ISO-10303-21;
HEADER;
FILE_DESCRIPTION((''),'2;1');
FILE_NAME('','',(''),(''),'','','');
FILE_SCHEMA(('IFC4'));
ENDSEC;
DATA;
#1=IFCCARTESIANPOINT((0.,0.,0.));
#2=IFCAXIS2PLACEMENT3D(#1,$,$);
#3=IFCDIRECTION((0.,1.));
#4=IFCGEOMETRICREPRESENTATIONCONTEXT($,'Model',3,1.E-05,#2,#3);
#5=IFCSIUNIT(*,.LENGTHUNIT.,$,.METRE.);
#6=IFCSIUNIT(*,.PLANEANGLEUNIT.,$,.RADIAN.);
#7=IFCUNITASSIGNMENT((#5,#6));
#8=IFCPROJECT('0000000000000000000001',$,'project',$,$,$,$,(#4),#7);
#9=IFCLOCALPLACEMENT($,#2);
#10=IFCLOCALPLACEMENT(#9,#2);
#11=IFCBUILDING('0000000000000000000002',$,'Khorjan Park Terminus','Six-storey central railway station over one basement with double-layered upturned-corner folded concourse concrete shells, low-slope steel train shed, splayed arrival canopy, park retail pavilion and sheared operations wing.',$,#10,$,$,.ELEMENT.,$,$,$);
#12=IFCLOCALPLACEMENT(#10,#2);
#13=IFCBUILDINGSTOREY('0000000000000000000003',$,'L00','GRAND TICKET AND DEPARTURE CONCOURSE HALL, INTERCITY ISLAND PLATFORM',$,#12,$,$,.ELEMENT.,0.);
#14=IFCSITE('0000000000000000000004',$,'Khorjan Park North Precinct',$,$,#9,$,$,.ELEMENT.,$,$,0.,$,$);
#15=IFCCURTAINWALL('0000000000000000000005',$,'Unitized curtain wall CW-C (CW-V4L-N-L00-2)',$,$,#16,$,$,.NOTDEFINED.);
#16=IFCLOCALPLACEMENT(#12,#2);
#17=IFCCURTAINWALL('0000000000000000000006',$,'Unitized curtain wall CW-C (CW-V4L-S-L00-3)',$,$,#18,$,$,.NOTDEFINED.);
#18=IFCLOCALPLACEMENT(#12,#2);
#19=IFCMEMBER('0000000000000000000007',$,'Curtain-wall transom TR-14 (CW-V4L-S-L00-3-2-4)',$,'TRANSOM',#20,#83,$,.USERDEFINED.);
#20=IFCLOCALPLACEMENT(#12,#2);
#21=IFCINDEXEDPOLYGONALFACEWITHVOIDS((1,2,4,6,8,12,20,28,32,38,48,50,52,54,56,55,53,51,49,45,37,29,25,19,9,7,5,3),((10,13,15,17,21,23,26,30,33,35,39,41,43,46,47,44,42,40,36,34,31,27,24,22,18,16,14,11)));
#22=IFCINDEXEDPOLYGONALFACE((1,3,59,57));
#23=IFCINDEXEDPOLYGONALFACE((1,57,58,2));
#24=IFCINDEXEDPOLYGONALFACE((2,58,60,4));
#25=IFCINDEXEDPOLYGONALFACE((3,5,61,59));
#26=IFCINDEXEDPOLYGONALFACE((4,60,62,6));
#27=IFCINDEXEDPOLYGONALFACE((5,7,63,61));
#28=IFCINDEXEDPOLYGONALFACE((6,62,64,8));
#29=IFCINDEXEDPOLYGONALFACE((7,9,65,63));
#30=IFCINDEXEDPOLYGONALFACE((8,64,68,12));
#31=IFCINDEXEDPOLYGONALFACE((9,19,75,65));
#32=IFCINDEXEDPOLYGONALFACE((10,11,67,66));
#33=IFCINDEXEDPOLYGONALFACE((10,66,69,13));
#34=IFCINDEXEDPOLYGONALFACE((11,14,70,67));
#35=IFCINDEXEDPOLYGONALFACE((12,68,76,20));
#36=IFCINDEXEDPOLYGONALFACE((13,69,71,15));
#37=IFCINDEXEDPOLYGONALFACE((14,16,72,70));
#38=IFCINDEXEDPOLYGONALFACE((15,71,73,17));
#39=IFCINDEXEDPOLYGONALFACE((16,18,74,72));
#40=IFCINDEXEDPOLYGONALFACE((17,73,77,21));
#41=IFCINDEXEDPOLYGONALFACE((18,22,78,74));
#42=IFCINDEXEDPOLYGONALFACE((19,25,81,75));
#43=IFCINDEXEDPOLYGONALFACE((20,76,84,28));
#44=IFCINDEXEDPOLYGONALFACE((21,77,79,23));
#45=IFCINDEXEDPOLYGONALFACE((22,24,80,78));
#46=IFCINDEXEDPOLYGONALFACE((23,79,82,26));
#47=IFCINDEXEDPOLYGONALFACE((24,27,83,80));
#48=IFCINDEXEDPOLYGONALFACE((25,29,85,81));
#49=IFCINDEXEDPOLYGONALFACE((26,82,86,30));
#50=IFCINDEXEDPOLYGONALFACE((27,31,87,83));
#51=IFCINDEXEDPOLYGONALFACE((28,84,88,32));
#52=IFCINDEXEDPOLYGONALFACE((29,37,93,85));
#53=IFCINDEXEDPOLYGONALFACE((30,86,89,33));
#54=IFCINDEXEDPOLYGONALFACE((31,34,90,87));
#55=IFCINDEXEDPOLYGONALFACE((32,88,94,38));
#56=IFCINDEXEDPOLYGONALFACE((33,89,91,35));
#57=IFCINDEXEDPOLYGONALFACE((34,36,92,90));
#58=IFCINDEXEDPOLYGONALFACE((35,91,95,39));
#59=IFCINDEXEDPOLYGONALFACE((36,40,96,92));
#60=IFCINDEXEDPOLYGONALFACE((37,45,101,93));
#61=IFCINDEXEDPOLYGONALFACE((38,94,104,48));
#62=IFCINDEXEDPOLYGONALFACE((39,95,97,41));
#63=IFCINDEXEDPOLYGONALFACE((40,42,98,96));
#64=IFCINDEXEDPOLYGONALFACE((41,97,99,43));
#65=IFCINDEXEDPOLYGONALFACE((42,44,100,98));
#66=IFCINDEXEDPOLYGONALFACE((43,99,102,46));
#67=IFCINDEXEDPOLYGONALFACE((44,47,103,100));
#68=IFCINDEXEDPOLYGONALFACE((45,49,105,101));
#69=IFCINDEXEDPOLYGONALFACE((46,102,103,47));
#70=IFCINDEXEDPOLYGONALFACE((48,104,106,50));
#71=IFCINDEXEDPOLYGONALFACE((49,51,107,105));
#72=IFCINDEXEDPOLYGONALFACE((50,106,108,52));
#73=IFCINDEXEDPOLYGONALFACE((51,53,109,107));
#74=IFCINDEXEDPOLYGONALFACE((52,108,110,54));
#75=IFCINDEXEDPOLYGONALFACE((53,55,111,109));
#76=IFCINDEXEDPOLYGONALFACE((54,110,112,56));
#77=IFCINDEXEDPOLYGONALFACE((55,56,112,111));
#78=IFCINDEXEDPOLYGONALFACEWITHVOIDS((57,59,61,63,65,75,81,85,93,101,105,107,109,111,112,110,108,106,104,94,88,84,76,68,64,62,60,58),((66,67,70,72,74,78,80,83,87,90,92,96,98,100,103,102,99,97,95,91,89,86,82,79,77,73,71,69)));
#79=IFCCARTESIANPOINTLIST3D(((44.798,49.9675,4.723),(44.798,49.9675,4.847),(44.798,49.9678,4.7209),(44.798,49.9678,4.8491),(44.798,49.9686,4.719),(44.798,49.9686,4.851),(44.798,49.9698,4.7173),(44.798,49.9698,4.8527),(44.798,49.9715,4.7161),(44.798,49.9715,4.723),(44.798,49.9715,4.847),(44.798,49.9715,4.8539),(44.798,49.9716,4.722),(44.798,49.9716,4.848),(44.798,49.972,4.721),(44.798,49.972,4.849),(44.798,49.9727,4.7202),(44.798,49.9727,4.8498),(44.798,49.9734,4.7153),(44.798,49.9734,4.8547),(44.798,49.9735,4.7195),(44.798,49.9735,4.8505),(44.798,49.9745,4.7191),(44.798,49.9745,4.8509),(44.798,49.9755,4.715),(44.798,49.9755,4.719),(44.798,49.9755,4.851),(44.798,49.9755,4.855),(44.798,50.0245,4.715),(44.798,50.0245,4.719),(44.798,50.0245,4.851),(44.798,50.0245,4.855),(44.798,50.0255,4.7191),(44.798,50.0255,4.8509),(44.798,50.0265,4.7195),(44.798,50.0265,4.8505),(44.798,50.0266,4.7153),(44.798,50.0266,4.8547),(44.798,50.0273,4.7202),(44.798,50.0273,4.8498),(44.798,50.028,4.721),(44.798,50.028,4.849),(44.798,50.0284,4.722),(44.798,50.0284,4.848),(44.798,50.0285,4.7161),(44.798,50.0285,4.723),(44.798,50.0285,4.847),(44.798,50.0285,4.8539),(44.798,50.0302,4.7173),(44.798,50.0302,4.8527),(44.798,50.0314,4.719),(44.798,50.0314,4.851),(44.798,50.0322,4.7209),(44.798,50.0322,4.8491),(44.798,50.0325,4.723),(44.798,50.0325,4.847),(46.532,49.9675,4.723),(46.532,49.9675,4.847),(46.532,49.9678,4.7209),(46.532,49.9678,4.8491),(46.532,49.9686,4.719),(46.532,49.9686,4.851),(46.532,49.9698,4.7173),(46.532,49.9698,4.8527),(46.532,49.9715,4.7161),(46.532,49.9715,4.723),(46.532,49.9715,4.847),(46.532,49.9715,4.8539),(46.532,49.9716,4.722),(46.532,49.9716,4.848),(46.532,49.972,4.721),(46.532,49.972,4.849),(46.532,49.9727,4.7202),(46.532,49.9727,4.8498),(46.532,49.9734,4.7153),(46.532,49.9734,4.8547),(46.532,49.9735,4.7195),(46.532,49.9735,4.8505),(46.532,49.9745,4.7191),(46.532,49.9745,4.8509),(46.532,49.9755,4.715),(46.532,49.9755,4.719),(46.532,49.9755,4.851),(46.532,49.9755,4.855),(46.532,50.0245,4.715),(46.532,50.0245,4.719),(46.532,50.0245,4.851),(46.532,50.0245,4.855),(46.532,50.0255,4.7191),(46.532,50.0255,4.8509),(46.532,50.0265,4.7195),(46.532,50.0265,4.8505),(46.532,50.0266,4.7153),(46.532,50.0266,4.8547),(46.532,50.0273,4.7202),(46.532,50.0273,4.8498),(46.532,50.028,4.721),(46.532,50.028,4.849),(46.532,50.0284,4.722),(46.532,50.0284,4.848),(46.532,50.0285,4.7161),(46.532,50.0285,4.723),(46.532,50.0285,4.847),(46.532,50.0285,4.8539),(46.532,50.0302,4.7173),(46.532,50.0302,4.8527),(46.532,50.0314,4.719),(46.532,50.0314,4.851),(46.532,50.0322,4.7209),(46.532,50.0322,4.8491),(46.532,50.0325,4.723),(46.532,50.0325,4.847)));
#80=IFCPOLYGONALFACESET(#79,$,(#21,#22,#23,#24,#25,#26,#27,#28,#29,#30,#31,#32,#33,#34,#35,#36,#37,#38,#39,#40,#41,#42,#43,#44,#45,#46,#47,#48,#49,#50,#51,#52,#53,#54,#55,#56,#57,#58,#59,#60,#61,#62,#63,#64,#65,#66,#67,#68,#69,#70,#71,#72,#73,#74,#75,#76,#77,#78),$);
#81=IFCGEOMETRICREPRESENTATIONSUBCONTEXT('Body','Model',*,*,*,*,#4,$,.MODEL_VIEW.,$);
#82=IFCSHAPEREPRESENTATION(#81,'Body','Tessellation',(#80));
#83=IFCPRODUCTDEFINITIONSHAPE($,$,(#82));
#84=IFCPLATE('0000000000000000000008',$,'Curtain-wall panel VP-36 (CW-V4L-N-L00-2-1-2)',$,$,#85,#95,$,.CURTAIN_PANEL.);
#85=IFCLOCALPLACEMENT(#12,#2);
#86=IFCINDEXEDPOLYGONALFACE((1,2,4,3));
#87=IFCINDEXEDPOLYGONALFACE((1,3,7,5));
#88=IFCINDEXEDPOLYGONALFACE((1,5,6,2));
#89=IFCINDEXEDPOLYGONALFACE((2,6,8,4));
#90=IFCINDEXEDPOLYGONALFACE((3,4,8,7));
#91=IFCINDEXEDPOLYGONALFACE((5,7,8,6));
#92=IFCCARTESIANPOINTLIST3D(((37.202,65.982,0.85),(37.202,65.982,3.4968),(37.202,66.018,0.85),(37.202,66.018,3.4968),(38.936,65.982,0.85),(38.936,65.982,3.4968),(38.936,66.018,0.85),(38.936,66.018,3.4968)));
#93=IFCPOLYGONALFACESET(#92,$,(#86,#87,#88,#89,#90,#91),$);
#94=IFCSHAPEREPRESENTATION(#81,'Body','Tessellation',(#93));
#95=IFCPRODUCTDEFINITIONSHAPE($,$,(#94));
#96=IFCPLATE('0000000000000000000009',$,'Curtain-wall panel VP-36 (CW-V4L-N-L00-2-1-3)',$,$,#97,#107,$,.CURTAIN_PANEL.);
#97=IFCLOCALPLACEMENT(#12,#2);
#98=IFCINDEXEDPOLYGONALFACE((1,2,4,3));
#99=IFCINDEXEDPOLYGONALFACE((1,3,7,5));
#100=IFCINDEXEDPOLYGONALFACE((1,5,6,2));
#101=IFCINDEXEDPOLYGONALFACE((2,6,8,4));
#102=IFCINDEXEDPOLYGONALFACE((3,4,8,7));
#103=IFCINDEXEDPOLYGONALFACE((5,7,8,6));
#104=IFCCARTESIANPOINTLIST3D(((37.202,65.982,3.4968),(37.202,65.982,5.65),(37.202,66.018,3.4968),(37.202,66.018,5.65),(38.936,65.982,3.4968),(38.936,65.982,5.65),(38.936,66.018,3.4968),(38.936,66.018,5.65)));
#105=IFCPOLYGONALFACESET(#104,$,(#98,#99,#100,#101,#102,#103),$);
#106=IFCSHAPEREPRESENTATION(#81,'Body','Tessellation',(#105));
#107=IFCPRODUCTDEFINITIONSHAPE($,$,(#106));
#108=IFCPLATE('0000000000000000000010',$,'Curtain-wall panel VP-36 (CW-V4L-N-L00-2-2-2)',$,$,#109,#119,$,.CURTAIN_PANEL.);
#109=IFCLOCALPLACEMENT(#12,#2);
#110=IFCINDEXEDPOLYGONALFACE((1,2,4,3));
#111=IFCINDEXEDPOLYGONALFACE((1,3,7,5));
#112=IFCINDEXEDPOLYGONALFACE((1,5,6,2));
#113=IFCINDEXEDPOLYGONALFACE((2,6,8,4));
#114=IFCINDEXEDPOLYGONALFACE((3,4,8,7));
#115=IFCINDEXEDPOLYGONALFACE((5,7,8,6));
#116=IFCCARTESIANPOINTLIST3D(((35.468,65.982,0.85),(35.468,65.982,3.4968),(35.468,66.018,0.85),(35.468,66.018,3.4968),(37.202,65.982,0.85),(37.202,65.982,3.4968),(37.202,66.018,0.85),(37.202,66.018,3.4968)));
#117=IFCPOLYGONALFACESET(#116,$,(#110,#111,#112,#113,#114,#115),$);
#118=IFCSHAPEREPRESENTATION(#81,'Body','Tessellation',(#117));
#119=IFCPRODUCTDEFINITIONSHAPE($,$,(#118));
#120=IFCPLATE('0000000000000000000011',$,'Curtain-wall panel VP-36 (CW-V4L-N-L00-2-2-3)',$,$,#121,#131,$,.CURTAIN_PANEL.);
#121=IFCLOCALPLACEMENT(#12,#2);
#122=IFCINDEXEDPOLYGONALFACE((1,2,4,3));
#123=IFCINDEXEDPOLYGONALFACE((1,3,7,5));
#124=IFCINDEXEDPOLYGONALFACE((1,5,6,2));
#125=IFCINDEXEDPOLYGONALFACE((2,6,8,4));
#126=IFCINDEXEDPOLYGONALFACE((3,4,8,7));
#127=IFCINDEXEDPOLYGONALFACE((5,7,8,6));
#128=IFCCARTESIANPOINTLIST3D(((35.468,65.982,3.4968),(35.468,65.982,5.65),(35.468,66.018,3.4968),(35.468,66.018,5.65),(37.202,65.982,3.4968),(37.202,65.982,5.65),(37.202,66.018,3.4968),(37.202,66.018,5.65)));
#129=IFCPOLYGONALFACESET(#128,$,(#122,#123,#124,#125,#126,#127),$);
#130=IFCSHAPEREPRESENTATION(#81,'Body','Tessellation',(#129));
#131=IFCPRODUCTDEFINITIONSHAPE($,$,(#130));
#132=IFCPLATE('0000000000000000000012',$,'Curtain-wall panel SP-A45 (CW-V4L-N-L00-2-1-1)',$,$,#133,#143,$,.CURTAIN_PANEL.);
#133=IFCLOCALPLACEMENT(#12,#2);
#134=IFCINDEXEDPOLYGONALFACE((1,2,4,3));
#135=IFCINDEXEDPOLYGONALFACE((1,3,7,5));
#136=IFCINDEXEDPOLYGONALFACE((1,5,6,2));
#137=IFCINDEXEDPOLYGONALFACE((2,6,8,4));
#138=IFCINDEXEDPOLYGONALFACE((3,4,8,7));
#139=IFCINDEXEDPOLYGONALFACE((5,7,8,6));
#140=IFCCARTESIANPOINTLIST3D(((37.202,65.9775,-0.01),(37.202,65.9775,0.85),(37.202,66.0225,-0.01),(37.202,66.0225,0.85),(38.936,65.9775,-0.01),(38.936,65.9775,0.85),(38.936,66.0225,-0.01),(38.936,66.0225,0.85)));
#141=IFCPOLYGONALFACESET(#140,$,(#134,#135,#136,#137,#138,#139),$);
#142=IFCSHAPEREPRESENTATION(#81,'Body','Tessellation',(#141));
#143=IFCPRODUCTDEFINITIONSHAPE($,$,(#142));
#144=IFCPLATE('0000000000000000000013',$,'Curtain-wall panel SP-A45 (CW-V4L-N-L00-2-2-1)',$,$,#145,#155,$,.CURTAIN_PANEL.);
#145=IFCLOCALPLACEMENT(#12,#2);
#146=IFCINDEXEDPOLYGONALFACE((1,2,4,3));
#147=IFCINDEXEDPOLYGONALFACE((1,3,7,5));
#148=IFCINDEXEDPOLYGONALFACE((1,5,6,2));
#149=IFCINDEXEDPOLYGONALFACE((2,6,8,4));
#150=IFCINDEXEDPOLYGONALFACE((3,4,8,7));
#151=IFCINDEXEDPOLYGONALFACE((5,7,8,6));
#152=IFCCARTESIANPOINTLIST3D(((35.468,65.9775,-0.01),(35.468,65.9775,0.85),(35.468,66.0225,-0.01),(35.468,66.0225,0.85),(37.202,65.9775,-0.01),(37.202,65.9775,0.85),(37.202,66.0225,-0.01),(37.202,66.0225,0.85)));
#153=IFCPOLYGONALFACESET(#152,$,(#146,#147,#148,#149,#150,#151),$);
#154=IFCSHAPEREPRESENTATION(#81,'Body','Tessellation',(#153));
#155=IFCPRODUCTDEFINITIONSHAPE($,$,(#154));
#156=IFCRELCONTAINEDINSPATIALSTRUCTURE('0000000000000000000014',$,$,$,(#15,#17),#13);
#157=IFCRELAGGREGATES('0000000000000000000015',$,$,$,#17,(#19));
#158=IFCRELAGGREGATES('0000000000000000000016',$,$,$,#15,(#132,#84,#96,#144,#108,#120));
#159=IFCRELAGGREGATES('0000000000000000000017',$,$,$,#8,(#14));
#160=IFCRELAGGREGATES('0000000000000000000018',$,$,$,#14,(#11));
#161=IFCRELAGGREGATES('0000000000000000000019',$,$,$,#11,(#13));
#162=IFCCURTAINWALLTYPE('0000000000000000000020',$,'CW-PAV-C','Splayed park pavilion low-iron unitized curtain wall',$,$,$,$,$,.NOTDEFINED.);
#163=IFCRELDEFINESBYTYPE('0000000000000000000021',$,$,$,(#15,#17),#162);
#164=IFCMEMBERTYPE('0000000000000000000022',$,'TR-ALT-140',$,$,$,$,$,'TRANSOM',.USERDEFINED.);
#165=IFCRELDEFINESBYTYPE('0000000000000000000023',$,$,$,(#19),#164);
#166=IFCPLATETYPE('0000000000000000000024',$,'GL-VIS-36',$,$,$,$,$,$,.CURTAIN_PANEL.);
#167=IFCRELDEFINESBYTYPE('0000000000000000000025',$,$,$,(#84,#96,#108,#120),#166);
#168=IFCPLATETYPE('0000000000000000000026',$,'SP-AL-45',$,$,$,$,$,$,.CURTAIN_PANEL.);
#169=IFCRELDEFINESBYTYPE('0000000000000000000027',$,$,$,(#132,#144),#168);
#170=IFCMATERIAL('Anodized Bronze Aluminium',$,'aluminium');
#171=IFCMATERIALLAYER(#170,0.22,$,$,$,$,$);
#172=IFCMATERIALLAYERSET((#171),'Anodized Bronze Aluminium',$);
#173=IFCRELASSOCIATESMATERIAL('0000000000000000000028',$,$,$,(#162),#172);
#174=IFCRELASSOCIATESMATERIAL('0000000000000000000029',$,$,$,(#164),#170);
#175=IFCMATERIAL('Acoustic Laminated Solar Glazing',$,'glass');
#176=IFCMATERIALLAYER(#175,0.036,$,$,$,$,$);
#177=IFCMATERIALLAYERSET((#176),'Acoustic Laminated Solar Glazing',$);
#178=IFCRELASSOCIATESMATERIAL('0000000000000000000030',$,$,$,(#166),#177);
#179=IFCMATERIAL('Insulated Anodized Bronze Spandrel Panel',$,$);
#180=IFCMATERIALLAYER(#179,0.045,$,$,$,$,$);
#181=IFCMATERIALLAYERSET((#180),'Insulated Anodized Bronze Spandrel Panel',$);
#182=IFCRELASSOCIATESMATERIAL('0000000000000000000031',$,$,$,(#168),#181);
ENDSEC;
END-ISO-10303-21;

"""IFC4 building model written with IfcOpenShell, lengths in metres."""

from ifc_helpers import new_model, si_unit, direction, frame, origin, origin_2d, place, context, subcontext, project, spatial, rectangle, hollow_rectangle, extrude, material, layer, layer_set, material_profile, profile_set, type_object, element, aggregate, save


model = new_model("IFC4")

# Units and contexts
model_context = context("Model", 3, precision=1e-05, world=origin(), true_north=direction((0.0, 1.0)))
body_context = subcontext(model_context, "Body", "Model", "MODEL_VIEW")
ifc_project = project(units=[si_unit("LENGTHUNIT", "METRE"), si_unit("PLANEANGLEUNIT", "RADIAN")], contexts=[model_context])

# Site, building, storey
site_placement = place(None, origin())
site = spatial("IfcSite", under=ifc_project, at=site_placement, Name="Khorjan Park North Precinct", CompositionType="ELEMENT", RefElevation=0.0)
building_placement = place(site_placement, origin())
building = spatial("IfcBuilding", under=site, at=building_placement, Name="Khorjan Park Terminus", Description="Six-storey central railway station over one basement with double-layered upturned-corner folded concourse concrete shells, low-slope steel train shed, splayed arrival canopy, park retail pavilion and sheared operations wing.", CompositionType="ELEMENT")
storey_placement = place(building_placement, origin())
storey = spatial("IfcBuildingStorey", under=building, at=storey_placement, Name="L00", Description="GRAND TICKET AND DEPARTURE CONCOURSE HALL, INTERCITY ISLAND PLATFORM", CompositionType="ELEMENT", Elevation=0.0)

# Curtain wall
ifc_material_1 = material(Name="Anodized Bronze Aluminium", Category="aluminium")
ifc_layer_1 = layer(ifc_material_1, 0.22)
ifc_layer_set_1 = layer_set([ifc_layer_1], Name="Anodized Bronze Aluminium")
curtain_wall_type = type_object("IfcCurtainWallType", Name="CW-PAV-C", Description="Splayed park pavilion low-iron unitized curtain wall", PredefinedType="NOTDEFINED", material=ifc_layer_set_1)
curtain_wall_1_placement = place(storey_placement, origin())
curtain_wall_1 = element("IfcCurtainWall", 1, at=curtain_wall_1_placement, inside=storey, type_object=curtain_wall_type, Name="Unitized curtain wall CW-C (CW-V4L-N-L00-2)", PredefinedType="NOTDEFINED")
ifc_material_profile_1 = material_profile(ifc_material_1, hollow_rectangle(XDim=0.065, YDim=0.14, WallThickness=0.004, InnerFilletRadius=0.004, OuterFilletRadius=0.008, at=origin_2d()), Name="ALT 65x140x4")
ifc_profile_set_1 = profile_set([ifc_material_profile_1], Name="Anodized Bronze Aluminium")
member_type_1 = type_object("IfcMemberType", Name="TR-ALT-140", ElementType="TRANSOM", PredefinedType="USERDEFINED", material=ifc_profile_set_1)

# Curtain wall, member
curtain_wall_2_placement = place(storey_placement, origin())
curtain_wall_2 = element("IfcCurtainWall", 2, at=curtain_wall_2_placement, inside=storey, type_object=curtain_wall_type, Name="Unitized curtain wall CW-C (CW-V4L-S-L00-3)", PredefinedType="NOTDEFINED")
member_1_placement = place(storey_placement, frame((44.798, 50.0, 4.785), z_axis=(1.0, 0.0, 0.0), x_axis=(0.0, 1.0, 0.0)))
member_1 = element("IfcMember", 3, at=member_1_placement, type_object=member_type_1, Name="Curtain-wall transom TR-14 (CW-V4L-S-L00-3-2-4)", ObjectType="TRANSOM", PredefinedType="USERDEFINED", context=body_context, shape_type="SweptSolid", body=[
    extrude(hollow_rectangle(XDim=0.065, YDim=0.14, WallThickness=0.004, InnerFilletRadius=0.004, OuterFilletRadius=0.008, at=origin_2d()), origin(), (0.0, 0.0, 1.0), 1.734),
])
aggregate(curtain_wall_2, [member_1])

# Plates
ifc_material_2 = material(Name="Acoustic Laminated Solar Glazing", Category="glass")
ifc_layer_2 = layer(ifc_material_2, 0.036)
ifc_layer_set_2 = layer_set([ifc_layer_2], Name="Acoustic Laminated Solar Glazing")
plate_type_1 = type_object("IfcPlateType", Name="GL-VIS-36", PredefinedType="CURTAIN_PANEL", material=ifc_layer_set_2)
plate_1_placement = place(storey_placement, frame((38.069, 66.0, 0.85), z_axis=(0.0, 0.0, 1.0), x_axis=(-1.0, 0.0, 0.0)))
plate_1 = element("IfcPlate", 4, at=plate_1_placement, type_object=plate_type_1, Name="Curtain-wall panel VP-36 (CW-V4L-N-L00-2-1-2)", PredefinedType="CURTAIN_PANEL", context=body_context, shape_type="SweptSolid", body=[
    extrude(rectangle(XDim=1.734, YDim=0.036, at=origin_2d()), origin(), (0.0, 0.0, 1.0), 2.6468),
])
plate_2_placement = place(storey_placement, frame((38.069, 66.0, 3.4968), z_axis=(0.0, 0.0, 1.0), x_axis=(-1.0, 0.0, 0.0)))
plate_2 = element("IfcPlate", 5, at=plate_2_placement, type_object=plate_type_1, Name="Curtain-wall panel VP-36 (CW-V4L-N-L00-2-1-3)", PredefinedType="CURTAIN_PANEL", context=body_context, shape_type="SweptSolid", body=[
    extrude(rectangle(XDim=1.734, YDim=0.036, at=origin_2d()), origin(), (0.0, 0.0, 1.0), 2.1532),
])
plate_3_placement = place(storey_placement, frame((36.335, 66.0, 0.85), z_axis=(0.0, 0.0, 1.0), x_axis=(-1.0, 0.0, 0.0)))
plate_3 = element("IfcPlate", 6, at=plate_3_placement, type_object=plate_type_1, Name="Curtain-wall panel VP-36 (CW-V4L-N-L00-2-2-2)", PredefinedType="CURTAIN_PANEL", context=body_context, shape_type="SweptSolid", body=[
    extrude(rectangle(XDim=1.734, YDim=0.036, at=origin_2d()), origin(), (0.0, 0.0, 1.0), 2.6468),
])
plate_4_placement = place(storey_placement, frame((36.335, 66.0, 3.4968), z_axis=(0.0, 0.0, 1.0), x_axis=(-1.0, 0.0, 0.0)))
plate_4 = element("IfcPlate", 7, at=plate_4_placement, type_object=plate_type_1, Name="Curtain-wall panel VP-36 (CW-V4L-N-L00-2-2-3)", PredefinedType="CURTAIN_PANEL", context=body_context, shape_type="SweptSolid", body=[
    extrude(rectangle(XDim=1.734, YDim=0.036, at=origin_2d()), origin(), (0.0, 0.0, 1.0), 2.1532),
])
ifc_material_3 = material(Name="Insulated Anodized Bronze Spandrel Panel")
ifc_layer_3 = layer(ifc_material_3, 0.045)
ifc_layer_set_3 = layer_set([ifc_layer_3], Name="Insulated Anodized Bronze Spandrel Panel")
plate_type_2 = type_object("IfcPlateType", Name="SP-AL-45", PredefinedType="CURTAIN_PANEL", material=ifc_layer_set_3)
plate_5_placement = place(storey_placement, frame((38.069, 66.0, -0.01), z_axis=(0.0, 0.0, 1.0), x_axis=(-1.0, 0.0, 0.0)))
plate_5 = element("IfcPlate", 8, at=plate_5_placement, type_object=plate_type_2, Name="Curtain-wall panel SP-A45 (CW-V4L-N-L00-2-1-1)", PredefinedType="CURTAIN_PANEL", context=body_context, shape_type="SweptSolid", body=[
    extrude(rectangle(XDim=1.734, YDim=0.045, at=origin_2d()), origin(), (0.0, 0.0, 1.0), 0.86),
])
plate_6_placement = place(storey_placement, frame((36.335, 66.0, -0.01), z_axis=(0.0, 0.0, 1.0), x_axis=(-1.0, 0.0, 0.0)))
plate_6 = element("IfcPlate", 9, at=plate_6_placement, type_object=plate_type_2, Name="Curtain-wall panel SP-A45 (CW-V4L-N-L00-2-2-1)", PredefinedType="CURTAIN_PANEL", context=body_context, shape_type="SweptSolid", body=[
    extrude(rectangle(XDim=1.734, YDim=0.045, at=origin_2d()), origin(), (0.0, 0.0, 1.0), 0.86),
])
aggregate(curtain_wall_1, [plate_5, plate_1, plate_2, plate_6, plate_3, plate_4])

save(model, "model.ifc")
